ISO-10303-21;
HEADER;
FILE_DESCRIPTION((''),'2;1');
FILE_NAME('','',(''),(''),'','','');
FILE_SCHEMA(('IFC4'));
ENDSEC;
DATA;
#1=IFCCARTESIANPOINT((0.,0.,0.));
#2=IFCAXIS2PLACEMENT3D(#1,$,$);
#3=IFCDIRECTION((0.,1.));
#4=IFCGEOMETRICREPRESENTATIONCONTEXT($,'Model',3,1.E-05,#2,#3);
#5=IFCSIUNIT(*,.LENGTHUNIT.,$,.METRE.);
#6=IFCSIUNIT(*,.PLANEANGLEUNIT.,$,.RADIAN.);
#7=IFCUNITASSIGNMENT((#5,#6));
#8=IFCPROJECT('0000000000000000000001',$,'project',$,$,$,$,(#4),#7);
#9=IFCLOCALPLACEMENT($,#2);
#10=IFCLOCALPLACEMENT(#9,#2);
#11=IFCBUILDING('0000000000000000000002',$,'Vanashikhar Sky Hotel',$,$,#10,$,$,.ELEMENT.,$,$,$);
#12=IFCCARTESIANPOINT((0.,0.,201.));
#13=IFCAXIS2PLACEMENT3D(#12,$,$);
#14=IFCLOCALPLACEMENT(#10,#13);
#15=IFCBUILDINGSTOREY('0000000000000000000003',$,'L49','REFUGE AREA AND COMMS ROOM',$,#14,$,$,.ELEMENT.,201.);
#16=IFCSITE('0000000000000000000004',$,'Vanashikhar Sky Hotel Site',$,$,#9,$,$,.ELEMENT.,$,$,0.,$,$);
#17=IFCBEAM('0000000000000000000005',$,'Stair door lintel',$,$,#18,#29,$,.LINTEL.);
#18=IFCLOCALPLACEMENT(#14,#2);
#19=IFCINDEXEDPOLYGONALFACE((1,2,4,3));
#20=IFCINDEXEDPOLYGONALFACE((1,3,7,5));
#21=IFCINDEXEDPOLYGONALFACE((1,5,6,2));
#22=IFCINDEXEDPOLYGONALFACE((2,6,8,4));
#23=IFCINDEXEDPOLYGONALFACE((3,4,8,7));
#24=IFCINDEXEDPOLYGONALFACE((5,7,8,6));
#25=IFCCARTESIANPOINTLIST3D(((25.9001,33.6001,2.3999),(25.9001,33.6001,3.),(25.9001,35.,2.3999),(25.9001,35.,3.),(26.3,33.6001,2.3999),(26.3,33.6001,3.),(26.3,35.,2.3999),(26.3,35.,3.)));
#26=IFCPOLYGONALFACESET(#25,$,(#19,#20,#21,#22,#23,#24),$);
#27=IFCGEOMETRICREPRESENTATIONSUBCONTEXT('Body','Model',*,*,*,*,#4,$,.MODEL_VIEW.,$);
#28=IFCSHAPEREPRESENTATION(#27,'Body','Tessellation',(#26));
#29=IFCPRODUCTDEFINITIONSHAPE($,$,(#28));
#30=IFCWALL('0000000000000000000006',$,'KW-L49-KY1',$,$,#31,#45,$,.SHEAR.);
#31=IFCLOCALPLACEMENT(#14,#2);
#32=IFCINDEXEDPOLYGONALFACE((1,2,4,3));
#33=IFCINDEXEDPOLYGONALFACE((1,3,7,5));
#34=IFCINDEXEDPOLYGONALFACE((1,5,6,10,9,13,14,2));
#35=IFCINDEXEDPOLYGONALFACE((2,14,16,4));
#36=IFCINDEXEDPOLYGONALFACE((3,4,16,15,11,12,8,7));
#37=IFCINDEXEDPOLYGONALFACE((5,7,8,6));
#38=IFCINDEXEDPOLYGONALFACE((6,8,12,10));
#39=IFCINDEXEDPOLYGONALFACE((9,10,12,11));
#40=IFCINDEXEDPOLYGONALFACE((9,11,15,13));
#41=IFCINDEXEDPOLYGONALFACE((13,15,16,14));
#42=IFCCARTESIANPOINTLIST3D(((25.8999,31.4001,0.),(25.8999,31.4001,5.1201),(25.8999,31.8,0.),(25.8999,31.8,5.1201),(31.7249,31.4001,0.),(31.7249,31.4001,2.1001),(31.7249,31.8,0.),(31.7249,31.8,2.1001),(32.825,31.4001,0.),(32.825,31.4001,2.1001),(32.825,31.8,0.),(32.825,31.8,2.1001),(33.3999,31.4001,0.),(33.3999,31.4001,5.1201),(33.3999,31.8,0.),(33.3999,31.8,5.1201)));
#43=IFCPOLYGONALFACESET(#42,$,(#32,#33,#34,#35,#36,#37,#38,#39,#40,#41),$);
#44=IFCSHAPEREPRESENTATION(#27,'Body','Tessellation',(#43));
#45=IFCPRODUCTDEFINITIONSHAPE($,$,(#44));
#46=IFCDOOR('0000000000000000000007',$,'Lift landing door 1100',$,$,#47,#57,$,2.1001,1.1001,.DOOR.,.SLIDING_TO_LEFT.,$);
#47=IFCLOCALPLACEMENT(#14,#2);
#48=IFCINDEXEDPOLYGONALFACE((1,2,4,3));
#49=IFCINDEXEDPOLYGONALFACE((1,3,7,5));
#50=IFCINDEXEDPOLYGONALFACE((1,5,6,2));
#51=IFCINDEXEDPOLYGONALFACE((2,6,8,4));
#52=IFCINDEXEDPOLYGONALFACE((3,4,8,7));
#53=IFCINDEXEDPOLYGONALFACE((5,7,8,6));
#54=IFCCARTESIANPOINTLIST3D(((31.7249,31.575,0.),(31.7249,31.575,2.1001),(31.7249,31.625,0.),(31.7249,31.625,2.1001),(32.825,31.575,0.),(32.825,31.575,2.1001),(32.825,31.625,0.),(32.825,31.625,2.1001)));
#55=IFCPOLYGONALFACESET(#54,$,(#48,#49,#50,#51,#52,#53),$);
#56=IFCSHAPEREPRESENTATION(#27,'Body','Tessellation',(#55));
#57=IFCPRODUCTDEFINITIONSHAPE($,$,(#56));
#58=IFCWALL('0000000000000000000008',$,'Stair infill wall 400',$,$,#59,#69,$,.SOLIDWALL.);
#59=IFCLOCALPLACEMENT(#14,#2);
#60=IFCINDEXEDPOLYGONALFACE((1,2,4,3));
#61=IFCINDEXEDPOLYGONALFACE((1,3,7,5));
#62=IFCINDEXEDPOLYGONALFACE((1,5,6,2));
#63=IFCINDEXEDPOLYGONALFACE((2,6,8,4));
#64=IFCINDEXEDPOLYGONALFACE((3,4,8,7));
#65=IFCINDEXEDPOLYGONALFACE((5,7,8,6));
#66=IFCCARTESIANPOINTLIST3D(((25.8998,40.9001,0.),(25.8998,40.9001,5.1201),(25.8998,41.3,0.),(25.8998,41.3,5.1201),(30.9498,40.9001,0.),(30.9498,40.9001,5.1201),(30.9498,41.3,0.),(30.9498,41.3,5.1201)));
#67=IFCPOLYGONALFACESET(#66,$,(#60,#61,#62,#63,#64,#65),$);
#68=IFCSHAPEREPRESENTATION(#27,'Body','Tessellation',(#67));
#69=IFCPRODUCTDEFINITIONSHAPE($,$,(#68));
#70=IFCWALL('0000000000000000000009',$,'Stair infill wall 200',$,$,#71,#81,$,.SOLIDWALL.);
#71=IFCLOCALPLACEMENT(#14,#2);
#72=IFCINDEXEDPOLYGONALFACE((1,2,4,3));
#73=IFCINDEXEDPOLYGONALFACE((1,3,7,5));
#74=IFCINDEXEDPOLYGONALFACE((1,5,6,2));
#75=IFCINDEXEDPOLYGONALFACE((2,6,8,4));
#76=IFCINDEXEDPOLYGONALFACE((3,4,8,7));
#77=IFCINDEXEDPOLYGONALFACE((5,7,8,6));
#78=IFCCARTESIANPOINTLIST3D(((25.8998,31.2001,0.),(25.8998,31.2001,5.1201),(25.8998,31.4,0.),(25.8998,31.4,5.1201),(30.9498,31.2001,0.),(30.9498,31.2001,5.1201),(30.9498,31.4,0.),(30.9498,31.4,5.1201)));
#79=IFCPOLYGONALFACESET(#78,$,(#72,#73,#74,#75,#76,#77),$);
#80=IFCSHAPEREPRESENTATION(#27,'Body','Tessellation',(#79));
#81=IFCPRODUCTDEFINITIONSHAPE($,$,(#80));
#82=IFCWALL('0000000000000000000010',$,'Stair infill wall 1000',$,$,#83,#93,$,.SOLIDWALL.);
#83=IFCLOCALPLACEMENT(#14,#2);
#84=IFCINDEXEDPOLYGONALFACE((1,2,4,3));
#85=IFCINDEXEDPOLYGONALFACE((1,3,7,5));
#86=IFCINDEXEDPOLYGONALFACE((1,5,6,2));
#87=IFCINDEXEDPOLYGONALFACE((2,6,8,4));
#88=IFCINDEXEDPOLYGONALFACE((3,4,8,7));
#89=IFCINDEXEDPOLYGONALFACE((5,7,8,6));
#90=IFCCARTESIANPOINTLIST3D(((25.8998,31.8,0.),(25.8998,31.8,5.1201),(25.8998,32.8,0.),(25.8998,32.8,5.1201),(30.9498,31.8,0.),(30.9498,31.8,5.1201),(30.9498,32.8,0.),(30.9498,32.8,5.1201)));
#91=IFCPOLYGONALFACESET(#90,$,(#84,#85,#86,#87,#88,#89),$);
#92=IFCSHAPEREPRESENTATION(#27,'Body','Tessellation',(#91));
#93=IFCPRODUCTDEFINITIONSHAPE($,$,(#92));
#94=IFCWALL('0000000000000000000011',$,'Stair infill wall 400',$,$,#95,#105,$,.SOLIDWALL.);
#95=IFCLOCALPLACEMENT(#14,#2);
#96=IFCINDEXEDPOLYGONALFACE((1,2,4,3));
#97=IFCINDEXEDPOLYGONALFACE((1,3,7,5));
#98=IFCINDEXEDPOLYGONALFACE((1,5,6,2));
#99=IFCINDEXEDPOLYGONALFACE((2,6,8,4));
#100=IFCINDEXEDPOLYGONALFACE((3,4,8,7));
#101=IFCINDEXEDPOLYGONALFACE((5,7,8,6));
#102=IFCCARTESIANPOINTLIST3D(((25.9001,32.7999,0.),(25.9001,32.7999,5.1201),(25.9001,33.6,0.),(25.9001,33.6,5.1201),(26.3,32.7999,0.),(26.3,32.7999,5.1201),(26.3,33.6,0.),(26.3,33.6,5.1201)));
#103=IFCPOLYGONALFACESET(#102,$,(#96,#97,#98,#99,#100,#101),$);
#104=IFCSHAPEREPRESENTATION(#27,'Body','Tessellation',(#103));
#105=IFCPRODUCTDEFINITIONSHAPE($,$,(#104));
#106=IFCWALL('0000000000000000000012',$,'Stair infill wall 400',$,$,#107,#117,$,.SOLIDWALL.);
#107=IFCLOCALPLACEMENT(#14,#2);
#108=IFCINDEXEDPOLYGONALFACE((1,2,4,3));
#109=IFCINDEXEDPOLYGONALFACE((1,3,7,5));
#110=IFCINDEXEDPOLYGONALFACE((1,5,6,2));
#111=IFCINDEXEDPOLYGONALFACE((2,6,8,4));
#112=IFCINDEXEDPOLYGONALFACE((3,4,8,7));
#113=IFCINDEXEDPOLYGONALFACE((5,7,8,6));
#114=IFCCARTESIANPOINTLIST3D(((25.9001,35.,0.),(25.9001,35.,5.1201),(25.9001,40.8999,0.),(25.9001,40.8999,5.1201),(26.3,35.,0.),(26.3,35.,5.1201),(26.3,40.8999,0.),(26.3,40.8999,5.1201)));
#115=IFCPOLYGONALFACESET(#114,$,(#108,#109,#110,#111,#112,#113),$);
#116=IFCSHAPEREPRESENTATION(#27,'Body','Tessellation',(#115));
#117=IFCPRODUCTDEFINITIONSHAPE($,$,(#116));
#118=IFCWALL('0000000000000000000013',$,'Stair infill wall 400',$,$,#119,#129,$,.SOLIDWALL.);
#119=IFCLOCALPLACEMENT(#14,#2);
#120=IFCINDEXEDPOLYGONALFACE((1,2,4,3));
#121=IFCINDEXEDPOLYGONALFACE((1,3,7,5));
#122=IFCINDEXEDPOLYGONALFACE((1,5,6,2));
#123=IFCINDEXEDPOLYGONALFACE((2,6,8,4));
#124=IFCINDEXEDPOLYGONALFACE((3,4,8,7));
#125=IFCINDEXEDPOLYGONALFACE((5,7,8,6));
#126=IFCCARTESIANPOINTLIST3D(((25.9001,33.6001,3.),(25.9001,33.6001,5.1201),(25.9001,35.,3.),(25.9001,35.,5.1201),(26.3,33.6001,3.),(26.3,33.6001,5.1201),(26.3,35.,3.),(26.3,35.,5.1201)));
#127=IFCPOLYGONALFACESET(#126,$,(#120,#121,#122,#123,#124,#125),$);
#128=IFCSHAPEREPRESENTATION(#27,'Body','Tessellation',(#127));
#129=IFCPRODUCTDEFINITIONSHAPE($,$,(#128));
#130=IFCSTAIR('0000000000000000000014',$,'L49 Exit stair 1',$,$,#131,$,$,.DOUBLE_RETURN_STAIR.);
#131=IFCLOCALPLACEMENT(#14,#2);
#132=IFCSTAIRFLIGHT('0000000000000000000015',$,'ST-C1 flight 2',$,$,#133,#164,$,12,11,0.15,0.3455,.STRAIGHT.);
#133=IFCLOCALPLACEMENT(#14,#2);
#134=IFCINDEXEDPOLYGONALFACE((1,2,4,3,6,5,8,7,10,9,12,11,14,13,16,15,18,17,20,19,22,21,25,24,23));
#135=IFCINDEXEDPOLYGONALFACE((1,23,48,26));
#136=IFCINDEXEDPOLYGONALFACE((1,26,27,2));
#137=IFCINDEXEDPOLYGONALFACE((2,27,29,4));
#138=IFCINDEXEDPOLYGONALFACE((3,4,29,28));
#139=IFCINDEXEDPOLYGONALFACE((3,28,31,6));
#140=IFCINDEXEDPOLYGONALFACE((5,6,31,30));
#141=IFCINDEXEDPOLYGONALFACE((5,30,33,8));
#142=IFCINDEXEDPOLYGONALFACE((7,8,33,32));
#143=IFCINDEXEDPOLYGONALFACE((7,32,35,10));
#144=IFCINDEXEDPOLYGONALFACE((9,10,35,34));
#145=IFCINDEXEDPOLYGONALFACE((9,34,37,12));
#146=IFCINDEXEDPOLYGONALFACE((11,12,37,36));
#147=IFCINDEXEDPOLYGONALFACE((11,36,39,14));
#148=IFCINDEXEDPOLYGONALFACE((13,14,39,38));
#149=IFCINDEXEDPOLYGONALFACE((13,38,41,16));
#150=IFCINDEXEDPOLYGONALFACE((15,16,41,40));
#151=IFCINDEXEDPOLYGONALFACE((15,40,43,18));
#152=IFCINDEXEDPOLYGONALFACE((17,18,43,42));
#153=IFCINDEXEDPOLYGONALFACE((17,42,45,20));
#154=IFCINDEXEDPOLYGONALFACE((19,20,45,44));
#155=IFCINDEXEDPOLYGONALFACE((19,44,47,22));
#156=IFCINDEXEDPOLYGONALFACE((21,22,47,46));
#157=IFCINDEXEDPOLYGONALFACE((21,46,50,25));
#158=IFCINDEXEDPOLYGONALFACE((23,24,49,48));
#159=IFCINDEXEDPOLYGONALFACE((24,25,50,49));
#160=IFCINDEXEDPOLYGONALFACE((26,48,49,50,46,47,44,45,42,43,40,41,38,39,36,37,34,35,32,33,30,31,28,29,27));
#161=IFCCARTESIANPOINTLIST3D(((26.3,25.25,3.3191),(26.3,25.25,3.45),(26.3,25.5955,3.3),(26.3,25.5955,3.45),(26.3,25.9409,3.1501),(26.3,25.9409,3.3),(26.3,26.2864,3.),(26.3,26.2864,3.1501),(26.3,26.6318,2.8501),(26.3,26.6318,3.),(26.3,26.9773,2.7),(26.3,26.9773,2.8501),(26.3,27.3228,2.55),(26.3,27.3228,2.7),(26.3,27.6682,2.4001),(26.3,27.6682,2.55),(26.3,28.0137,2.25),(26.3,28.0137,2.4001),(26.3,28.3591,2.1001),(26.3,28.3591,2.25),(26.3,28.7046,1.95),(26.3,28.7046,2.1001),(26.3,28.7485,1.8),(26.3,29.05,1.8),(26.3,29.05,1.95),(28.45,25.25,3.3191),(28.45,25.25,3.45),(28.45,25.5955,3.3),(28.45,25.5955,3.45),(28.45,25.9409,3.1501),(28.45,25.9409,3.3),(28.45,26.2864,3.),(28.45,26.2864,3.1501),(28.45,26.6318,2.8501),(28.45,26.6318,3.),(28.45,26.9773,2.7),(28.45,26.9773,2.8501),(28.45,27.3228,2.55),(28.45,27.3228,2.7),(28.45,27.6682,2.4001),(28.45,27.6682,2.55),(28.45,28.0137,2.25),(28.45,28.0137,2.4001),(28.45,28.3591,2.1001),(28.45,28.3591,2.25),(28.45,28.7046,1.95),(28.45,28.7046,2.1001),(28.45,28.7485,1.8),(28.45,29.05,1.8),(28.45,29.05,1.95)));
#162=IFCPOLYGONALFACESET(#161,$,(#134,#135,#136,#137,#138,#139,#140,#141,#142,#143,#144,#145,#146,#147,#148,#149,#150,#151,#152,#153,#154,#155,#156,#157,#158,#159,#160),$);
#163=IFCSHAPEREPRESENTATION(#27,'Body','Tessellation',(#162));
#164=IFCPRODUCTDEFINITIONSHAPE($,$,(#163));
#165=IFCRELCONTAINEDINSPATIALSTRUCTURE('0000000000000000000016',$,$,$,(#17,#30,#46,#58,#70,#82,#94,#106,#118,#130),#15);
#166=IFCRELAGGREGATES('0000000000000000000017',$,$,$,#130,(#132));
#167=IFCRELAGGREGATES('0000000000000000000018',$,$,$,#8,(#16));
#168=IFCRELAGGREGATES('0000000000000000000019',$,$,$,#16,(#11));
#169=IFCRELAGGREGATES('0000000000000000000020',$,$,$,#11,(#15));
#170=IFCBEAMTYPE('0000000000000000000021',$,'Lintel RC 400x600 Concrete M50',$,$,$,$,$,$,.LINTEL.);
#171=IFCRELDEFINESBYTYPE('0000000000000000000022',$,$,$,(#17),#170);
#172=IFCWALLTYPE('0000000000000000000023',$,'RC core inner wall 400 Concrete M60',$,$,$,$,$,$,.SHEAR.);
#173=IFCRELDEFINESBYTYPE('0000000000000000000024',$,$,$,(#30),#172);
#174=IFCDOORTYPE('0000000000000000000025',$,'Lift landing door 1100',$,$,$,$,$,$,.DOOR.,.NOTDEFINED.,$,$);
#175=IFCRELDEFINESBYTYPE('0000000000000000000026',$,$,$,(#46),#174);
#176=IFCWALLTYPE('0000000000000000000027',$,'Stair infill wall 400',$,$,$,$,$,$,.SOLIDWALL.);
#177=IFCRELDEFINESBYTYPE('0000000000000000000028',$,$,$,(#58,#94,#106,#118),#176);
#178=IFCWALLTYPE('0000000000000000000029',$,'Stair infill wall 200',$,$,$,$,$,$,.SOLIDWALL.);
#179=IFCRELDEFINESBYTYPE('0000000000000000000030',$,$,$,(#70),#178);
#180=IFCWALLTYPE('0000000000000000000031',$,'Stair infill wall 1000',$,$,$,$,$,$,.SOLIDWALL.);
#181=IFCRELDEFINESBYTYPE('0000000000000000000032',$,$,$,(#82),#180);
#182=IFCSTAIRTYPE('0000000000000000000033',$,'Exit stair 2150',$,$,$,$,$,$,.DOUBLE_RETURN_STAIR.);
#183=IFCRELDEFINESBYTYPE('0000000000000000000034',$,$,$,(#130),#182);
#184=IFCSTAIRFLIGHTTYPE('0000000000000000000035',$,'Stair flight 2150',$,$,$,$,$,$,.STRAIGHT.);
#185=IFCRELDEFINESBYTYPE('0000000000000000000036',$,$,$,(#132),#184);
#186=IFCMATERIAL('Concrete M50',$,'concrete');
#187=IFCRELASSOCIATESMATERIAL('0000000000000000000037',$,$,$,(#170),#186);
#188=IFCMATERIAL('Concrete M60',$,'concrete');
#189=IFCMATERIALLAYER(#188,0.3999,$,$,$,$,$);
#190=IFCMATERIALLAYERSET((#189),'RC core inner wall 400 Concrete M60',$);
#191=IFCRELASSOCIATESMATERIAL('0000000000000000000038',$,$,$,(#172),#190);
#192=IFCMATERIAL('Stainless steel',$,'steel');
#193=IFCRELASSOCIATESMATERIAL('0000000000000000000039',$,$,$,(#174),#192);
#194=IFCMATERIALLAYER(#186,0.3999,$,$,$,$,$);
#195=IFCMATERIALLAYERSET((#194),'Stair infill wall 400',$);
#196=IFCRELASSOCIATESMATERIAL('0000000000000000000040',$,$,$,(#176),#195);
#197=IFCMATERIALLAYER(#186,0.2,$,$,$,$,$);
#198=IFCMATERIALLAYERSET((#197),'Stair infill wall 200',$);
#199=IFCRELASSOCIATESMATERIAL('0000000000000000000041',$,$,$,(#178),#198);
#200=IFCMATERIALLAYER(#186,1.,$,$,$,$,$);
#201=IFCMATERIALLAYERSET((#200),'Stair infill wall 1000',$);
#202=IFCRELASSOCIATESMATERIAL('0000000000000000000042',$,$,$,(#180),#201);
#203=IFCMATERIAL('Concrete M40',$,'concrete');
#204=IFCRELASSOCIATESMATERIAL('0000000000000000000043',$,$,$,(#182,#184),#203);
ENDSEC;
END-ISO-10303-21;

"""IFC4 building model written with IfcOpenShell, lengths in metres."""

from ifc_helpers import new_model, si_unit, direction, frame, frame_2d, origin, origin_2d, place, context, subcontext, project, spatial, polyline, rectangle, outline, extrude, source, transform, mapped, material, layer, layer_set, material_profile, profile_set, type_object, element, fill, aggregate, save


model = new_model("IFC4")

# Units and contexts
model_context = context("Model", 3, precision=1e-05, world=origin(), true_north=direction((0.0, 1.0)))
body_context = subcontext(model_context, "Body", "Model", "MODEL_VIEW")
ifc_project = project(units=[si_unit("LENGTHUNIT", "METRE"), si_unit("PLANEANGLEUNIT", "RADIAN")], contexts=[model_context])

# Site, building, storey
site_placement = place(None, origin())
site = spatial("IfcSite", under=ifc_project, at=site_placement, Name="Vanashikhar Sky Hotel Site", CompositionType="ELEMENT", RefElevation=0.0)
building_placement = place(site_placement, origin())
building = spatial("IfcBuilding", under=site, at=building_placement, Name="Vanashikhar Sky Hotel", CompositionType="ELEMENT")
storey_placement = place(building_placement, frame((0.0, 0.0, 201.0)))
storey = spatial("IfcBuildingStorey", under=building, at=storey_placement, Name="L49", Description="REFUGE AREA AND COMMS ROOM", CompositionType="ELEMENT", Elevation=201.0)

# Beam
ifc_material_1 = material(Name="Concrete M50", Category="concrete")
ifc_material_profile = material_profile(ifc_material_1, rectangle(XDim=0.3999, YDim=0.6001, at=origin_2d()))
ifc_profile_set = profile_set([ifc_material_profile], Name="Lintel RC 400x600 Concrete M50")
beam_type = type_object("IfcBeamType", Name="Lintel RC 400x600 Concrete M50", PredefinedType="LINTEL", material=ifc_profile_set)
shared_shape_1 = source(origin(), body_context, "Body", "SweptSolid", [
    extrude(rectangle(XDim=0.3999, YDim=0.6001, at=origin_2d()), origin(), (0.0, 0.0, 1.0), 1.3999),
])
beam_placement = place(storey_placement, frame((26.1001, 33.6001, 2.7), z_axis=(0.0, 1.0, 0.0), x_axis=(-1.0, 0.0, 0.0)))
element("IfcBeam", 1, at=beam_placement, inside=storey, type_object=beam_type, Name="Stair door lintel", PredefinedType="LINTEL", context=body_context, shape_type="MappedRepresentation", body=[
    mapped(shared_shape_1, transform((0.0, 0.0, 0.0), scale=1.0)),
])

# Wall, opening, door
ifc_material_2 = material(Name="Concrete M60", Category="concrete")
ifc_layer_1 = layer(ifc_material_2, 0.3999)
ifc_layer_set_1 = layer_set([ifc_layer_1], Name="RC core inner wall 400 Concrete M60")
wall_type_1 = type_object("IfcWallType", Name="RC core inner wall 400 Concrete M60", PredefinedType="SHEAR", material=ifc_layer_set_1)
shared_shape_2 = source(origin(), body_context, "Body", "SweptSolid", [
    extrude(rectangle(XDim=7.5, YDim=0.3999, at=frame_2d((3.75, 0.0))), origin(), (0.0, 0.0, 1.0), 5.1201),
])
wall_1_placement = place(storey_placement, frame((25.8999, 31.6001, 0.0), z_axis=(0.0, 0.0, 1.0), x_axis=(1.0, 0.0, 0.0)))
wall_1 = element("IfcWall", 2, at=wall_1_placement, inside=storey, type_object=wall_type_1, Name="KW-L49-KY1", PredefinedType="SHEAR", context=body_context, shape_type="MappedRepresentation", body=[
    mapped(shared_shape_2, transform((0.0, 0.0, 0.0), scale=1.0)),
])
shared_shape_3 = source(origin(), body_context, "Body", "SweptSolid", [
    extrude(rectangle(XDim=1.1001, YDim=2.1001, at=frame_2d((0.55, 1.05))), frame((0.0, 0.21, 0.0), z_axis=(0.0, -1.0, 0.0), x_axis=(1.0, 0.0, 0.0)), (0.0, 0.0, 1.0), 0.4199),
])
opening_placement = place(wall_1_placement, frame((5.825, 0.0, 0.0)))
opening = element("IfcOpeningElement", 3, at=opening_placement, cuts=wall_1, PredefinedType="OPENING", context=body_context, shape_type="MappedRepresentation", body=[
    mapped(shared_shape_3, transform((0.0, 0.0, 0.0), scale=1.0)),
])
ifc_material_3 = material(Name="Stainless steel", Category="steel")
door_type = type_object("IfcDoorType", Name="Lift landing door 1100", OperationType="NOTDEFINED", PredefinedType="DOOR", material=ifc_material_3)
shared_shape_4 = source(origin(), body_context, "Body", "SweptSolid", [
    extrude(rectangle(XDim=1.1001, YDim=2.1001, at=frame_2d((0.55, 1.05))), frame((0.0, 0.0249, 0.0), z_axis=(0.0, -1.0, 0.0), x_axis=(1.0, 0.0, 0.0)), (0.0, 0.0, 1.0), 0.05),
])
door_placement = place(opening_placement, origin())
door = element("IfcDoor", 4, at=door_placement, inside=storey, type_object=door_type, Name="Lift landing door 1100", OperationType="SLIDING_TO_LEFT", OverallHeight=2.1001, OverallWidth=1.1001, PredefinedType="DOOR", context=body_context, shape_type="MappedRepresentation", body=[
    mapped(shared_shape_4, transform((0.0, 0.0, 0.0), scale=1.0)),
])
fill(opening, door)

# Walls
ifc_layer_2 = layer(ifc_material_1, 0.3999)
ifc_layer_set_2 = layer_set([ifc_layer_2], Name="Stair infill wall 400")
wall_type_2 = type_object("IfcWallType", Name="Stair infill wall 400", PredefinedType="SOLIDWALL", material=ifc_layer_set_2)
shared_shape_5 = source(origin(), body_context, "Body", "SweptSolid", [
    extrude(rectangle(XDim=5.05, YDim=0.3999, at=frame_2d((2.5249, 0.0))), origin(), (0.0, 0.0, 1.0), 5.1201),
])
wall_2_placement = place(storey_placement, frame((25.8999, 41.1001, 0.0), z_axis=(0.0, 0.0, 1.0), x_axis=(1.0, 0.0, 0.0)))
element("IfcWall", 5, at=wall_2_placement, inside=storey, type_object=wall_type_2, Name="Stair infill wall 400", PredefinedType="SOLIDWALL", context=body_context, shape_type="MappedRepresentation", body=[
    mapped(shared_shape_5, transform((0.0, 0.0, 0.0), scale=1.0)),
])
ifc_layer_3 = layer(ifc_material_1, 0.2)
ifc_layer_set_3 = layer_set([ifc_layer_3], Name="Stair infill wall 200")
wall_type_3 = type_object("IfcWallType", Name="Stair infill wall 200", PredefinedType="SOLIDWALL", material=ifc_layer_set_3)
shared_shape_6 = source(origin(), body_context, "Body", "SweptSolid", [
    extrude(rectangle(XDim=5.05, YDim=0.2, at=frame_2d((2.5249, 0.0))), origin(), (0.0, 0.0, 1.0), 5.1201),
])
wall_3_placement = place(storey_placement, frame((25.8999, 31.3, 0.0), z_axis=(0.0, 0.0, 1.0), x_axis=(1.0, 0.0, 0.0)))
element("IfcWall", 6, at=wall_3_placement, inside=storey, type_object=wall_type_3, Name="Stair infill wall 200", PredefinedType="SOLIDWALL", context=body_context, shape_type="MappedRepresentation", body=[
    mapped(shared_shape_6, transform((0.0, 0.0, 0.0), scale=1.0)),
])
ifc_layer_4 = layer(ifc_material_1, 1.0)
ifc_layer_set_4 = layer_set([ifc_layer_4], Name="Stair infill wall 1000")
wall_type_4 = type_object("IfcWallType", Name="Stair infill wall 1000", PredefinedType="SOLIDWALL", material=ifc_layer_set_4)
shared_shape_7 = source(origin(), body_context, "Body", "SweptSolid", [
    extrude(rectangle(XDim=5.05, YDim=1.0, at=frame_2d((2.5249, 0.0))), origin(), (0.0, 0.0, 1.0), 5.1201),
])
wall_4_placement = place(storey_placement, frame((25.8999, 32.3, 0.0), z_axis=(0.0, 0.0, 1.0), x_axis=(1.0, 0.0, 0.0)))
element("IfcWall", 7, at=wall_4_placement, inside=storey, type_object=wall_type_4, Name="Stair infill wall 1000", PredefinedType="SOLIDWALL", context=body_context, shape_type="MappedRepresentation", body=[
    mapped(shared_shape_7, transform((0.0, 0.0, 0.0), scale=1.0)),
])
shared_shape_8 = source(origin(), body_context, "Body", "SweptSolid", [
    extrude(rectangle(XDim=0.8, YDim=0.3999, at=frame_2d((0.3999, 0.0))), origin(), (0.0, 0.0, 1.0), 5.1201),
])
wall_5_placement = place(storey_placement, frame((26.1001, 32.8, 0.0), z_axis=(0.0, 0.0, 1.0), x_axis=(0.0, 1.0, 0.0)))
element("IfcWall", 8, at=wall_5_placement, inside=storey, type_object=wall_type_2, Name="Stair infill wall 400", PredefinedType="SOLIDWALL", context=body_context, shape_type="MappedRepresentation", body=[
    mapped(shared_shape_8, transform((0.0, 0.0, 0.0), scale=1.0)),
])
shared_shape_9 = source(origin(), body_context, "Body", "SweptSolid", [
    extrude(rectangle(XDim=5.8999, YDim=0.3999, at=frame_2d((2.95, 0.0))), origin(), (0.0, 0.0, 1.0), 5.1201),
])
wall_6_placement = place(storey_placement, frame((26.1001, 35.0, 0.0), z_axis=(0.0, 0.0, 1.0), x_axis=(0.0, 1.0, 0.0)))
element("IfcWall", 9, at=wall_6_placement, inside=storey, type_object=wall_type_2, Name="Stair infill wall 400", PredefinedType="SOLIDWALL", context=body_context, shape_type="MappedRepresentation", body=[
    mapped(shared_shape_9, transform((0.0, 0.0, 0.0), scale=1.0)),
])
shared_shape_10 = source(origin(), body_context, "Body", "SweptSolid", [
    extrude(rectangle(XDim=1.3999, YDim=0.3999, at=frame_2d((0.7, 0.0))), origin(), (0.0, 0.0, 1.0), 2.1201),
])
wall_7_placement = place(storey_placement, frame((26.1001, 33.6001, 3.0), z_axis=(0.0, 0.0, 1.0), x_axis=(0.0, 1.0, 0.0)))
element("IfcWall", 10, at=wall_7_placement, inside=storey, type_object=wall_type_2, Name="Stair infill wall 400", PredefinedType="SOLIDWALL", context=body_context, shape_type="MappedRepresentation", body=[
    mapped(shared_shape_10, transform((0.0, 0.0, 0.0), scale=1.0)),
])

# Stair, stair flight
ifc_material_4 = material(Name="Concrete M40", Category="concrete")
stair_type = type_object("IfcStairType", Name="Exit stair 2150", PredefinedType="DOUBLE_RETURN_STAIR", material=ifc_material_4)
stair_1_placement = place(storey_placement, origin())
stair_1 = element("IfcStair", 11, at=stair_1_placement, inside=storey, type_object=stair_type, Name="L49 Exit stair 1", PredefinedType="DOUBLE_RETURN_STAIR")
stair_flight_type = type_object("IfcStairFlightType", Name="Stair flight 2150", PredefinedType="STRAIGHT", material=ifc_material_4)
shared_shape_11 = source(origin(), body_context, "Body", "SweptSolid", [
    extrude(outline(polyline([(0.0, 0.0), (0.0, 0.1499), (0.3455, 0.1499), (0.3455, 0.3), (0.6909, 0.3), (0.6909, 0.45), (1.0364, 0.45), (1.0364, 0.6001), (1.3818, 0.6001), (1.3818, 0.75), (1.7273, 0.75), (1.7273, 0.8999), (2.0728, 0.8999), (2.0728, 1.05), (2.4182, 1.05), (2.4182, 1.2), (2.7637, 1.2), (2.7637, 1.3501), (3.1091, 1.3501), (3.1091, 1.5), (3.4546, 1.5), (3.4546, 1.6499), (3.8, 1.6499), (3.8, 1.8), (3.8, 1.519), (0.3015, 0.0), (0.0, 0.0)])), frame((0.0, 1.075, 0.0), z_axis=(0.0, -1.0, 0.0), x_axis=(1.0, 0.0, 0.0)), (0.0, 0.0, 1.0), 2.1499),
])
stair_flight_1_placement = place(storey_placement, frame((27.375, 29.05, 1.8), z_axis=(0.0, 0.0, 1.0), x_axis=(0.0, -1.0, 0.0)))
stair_flight_1 = element("IfcStairFlight", 12, at=stair_flight_1_placement, type_object=stair_flight_type, Name="ST-C1 flight 2", NumberOfRisers=12, NumberOfTreads=11, PredefinedType="STRAIGHT", RiserHeight=0.15, TreadLength=0.3455, context=body_context, shape_type="MappedRepresentation", body=[
    mapped(shared_shape_11, transform((0.0, 0.0, 0.0), scale=1.0)),
])
aggregate(stair_1, [stair_flight_1])

save(model, "model.ifc")
